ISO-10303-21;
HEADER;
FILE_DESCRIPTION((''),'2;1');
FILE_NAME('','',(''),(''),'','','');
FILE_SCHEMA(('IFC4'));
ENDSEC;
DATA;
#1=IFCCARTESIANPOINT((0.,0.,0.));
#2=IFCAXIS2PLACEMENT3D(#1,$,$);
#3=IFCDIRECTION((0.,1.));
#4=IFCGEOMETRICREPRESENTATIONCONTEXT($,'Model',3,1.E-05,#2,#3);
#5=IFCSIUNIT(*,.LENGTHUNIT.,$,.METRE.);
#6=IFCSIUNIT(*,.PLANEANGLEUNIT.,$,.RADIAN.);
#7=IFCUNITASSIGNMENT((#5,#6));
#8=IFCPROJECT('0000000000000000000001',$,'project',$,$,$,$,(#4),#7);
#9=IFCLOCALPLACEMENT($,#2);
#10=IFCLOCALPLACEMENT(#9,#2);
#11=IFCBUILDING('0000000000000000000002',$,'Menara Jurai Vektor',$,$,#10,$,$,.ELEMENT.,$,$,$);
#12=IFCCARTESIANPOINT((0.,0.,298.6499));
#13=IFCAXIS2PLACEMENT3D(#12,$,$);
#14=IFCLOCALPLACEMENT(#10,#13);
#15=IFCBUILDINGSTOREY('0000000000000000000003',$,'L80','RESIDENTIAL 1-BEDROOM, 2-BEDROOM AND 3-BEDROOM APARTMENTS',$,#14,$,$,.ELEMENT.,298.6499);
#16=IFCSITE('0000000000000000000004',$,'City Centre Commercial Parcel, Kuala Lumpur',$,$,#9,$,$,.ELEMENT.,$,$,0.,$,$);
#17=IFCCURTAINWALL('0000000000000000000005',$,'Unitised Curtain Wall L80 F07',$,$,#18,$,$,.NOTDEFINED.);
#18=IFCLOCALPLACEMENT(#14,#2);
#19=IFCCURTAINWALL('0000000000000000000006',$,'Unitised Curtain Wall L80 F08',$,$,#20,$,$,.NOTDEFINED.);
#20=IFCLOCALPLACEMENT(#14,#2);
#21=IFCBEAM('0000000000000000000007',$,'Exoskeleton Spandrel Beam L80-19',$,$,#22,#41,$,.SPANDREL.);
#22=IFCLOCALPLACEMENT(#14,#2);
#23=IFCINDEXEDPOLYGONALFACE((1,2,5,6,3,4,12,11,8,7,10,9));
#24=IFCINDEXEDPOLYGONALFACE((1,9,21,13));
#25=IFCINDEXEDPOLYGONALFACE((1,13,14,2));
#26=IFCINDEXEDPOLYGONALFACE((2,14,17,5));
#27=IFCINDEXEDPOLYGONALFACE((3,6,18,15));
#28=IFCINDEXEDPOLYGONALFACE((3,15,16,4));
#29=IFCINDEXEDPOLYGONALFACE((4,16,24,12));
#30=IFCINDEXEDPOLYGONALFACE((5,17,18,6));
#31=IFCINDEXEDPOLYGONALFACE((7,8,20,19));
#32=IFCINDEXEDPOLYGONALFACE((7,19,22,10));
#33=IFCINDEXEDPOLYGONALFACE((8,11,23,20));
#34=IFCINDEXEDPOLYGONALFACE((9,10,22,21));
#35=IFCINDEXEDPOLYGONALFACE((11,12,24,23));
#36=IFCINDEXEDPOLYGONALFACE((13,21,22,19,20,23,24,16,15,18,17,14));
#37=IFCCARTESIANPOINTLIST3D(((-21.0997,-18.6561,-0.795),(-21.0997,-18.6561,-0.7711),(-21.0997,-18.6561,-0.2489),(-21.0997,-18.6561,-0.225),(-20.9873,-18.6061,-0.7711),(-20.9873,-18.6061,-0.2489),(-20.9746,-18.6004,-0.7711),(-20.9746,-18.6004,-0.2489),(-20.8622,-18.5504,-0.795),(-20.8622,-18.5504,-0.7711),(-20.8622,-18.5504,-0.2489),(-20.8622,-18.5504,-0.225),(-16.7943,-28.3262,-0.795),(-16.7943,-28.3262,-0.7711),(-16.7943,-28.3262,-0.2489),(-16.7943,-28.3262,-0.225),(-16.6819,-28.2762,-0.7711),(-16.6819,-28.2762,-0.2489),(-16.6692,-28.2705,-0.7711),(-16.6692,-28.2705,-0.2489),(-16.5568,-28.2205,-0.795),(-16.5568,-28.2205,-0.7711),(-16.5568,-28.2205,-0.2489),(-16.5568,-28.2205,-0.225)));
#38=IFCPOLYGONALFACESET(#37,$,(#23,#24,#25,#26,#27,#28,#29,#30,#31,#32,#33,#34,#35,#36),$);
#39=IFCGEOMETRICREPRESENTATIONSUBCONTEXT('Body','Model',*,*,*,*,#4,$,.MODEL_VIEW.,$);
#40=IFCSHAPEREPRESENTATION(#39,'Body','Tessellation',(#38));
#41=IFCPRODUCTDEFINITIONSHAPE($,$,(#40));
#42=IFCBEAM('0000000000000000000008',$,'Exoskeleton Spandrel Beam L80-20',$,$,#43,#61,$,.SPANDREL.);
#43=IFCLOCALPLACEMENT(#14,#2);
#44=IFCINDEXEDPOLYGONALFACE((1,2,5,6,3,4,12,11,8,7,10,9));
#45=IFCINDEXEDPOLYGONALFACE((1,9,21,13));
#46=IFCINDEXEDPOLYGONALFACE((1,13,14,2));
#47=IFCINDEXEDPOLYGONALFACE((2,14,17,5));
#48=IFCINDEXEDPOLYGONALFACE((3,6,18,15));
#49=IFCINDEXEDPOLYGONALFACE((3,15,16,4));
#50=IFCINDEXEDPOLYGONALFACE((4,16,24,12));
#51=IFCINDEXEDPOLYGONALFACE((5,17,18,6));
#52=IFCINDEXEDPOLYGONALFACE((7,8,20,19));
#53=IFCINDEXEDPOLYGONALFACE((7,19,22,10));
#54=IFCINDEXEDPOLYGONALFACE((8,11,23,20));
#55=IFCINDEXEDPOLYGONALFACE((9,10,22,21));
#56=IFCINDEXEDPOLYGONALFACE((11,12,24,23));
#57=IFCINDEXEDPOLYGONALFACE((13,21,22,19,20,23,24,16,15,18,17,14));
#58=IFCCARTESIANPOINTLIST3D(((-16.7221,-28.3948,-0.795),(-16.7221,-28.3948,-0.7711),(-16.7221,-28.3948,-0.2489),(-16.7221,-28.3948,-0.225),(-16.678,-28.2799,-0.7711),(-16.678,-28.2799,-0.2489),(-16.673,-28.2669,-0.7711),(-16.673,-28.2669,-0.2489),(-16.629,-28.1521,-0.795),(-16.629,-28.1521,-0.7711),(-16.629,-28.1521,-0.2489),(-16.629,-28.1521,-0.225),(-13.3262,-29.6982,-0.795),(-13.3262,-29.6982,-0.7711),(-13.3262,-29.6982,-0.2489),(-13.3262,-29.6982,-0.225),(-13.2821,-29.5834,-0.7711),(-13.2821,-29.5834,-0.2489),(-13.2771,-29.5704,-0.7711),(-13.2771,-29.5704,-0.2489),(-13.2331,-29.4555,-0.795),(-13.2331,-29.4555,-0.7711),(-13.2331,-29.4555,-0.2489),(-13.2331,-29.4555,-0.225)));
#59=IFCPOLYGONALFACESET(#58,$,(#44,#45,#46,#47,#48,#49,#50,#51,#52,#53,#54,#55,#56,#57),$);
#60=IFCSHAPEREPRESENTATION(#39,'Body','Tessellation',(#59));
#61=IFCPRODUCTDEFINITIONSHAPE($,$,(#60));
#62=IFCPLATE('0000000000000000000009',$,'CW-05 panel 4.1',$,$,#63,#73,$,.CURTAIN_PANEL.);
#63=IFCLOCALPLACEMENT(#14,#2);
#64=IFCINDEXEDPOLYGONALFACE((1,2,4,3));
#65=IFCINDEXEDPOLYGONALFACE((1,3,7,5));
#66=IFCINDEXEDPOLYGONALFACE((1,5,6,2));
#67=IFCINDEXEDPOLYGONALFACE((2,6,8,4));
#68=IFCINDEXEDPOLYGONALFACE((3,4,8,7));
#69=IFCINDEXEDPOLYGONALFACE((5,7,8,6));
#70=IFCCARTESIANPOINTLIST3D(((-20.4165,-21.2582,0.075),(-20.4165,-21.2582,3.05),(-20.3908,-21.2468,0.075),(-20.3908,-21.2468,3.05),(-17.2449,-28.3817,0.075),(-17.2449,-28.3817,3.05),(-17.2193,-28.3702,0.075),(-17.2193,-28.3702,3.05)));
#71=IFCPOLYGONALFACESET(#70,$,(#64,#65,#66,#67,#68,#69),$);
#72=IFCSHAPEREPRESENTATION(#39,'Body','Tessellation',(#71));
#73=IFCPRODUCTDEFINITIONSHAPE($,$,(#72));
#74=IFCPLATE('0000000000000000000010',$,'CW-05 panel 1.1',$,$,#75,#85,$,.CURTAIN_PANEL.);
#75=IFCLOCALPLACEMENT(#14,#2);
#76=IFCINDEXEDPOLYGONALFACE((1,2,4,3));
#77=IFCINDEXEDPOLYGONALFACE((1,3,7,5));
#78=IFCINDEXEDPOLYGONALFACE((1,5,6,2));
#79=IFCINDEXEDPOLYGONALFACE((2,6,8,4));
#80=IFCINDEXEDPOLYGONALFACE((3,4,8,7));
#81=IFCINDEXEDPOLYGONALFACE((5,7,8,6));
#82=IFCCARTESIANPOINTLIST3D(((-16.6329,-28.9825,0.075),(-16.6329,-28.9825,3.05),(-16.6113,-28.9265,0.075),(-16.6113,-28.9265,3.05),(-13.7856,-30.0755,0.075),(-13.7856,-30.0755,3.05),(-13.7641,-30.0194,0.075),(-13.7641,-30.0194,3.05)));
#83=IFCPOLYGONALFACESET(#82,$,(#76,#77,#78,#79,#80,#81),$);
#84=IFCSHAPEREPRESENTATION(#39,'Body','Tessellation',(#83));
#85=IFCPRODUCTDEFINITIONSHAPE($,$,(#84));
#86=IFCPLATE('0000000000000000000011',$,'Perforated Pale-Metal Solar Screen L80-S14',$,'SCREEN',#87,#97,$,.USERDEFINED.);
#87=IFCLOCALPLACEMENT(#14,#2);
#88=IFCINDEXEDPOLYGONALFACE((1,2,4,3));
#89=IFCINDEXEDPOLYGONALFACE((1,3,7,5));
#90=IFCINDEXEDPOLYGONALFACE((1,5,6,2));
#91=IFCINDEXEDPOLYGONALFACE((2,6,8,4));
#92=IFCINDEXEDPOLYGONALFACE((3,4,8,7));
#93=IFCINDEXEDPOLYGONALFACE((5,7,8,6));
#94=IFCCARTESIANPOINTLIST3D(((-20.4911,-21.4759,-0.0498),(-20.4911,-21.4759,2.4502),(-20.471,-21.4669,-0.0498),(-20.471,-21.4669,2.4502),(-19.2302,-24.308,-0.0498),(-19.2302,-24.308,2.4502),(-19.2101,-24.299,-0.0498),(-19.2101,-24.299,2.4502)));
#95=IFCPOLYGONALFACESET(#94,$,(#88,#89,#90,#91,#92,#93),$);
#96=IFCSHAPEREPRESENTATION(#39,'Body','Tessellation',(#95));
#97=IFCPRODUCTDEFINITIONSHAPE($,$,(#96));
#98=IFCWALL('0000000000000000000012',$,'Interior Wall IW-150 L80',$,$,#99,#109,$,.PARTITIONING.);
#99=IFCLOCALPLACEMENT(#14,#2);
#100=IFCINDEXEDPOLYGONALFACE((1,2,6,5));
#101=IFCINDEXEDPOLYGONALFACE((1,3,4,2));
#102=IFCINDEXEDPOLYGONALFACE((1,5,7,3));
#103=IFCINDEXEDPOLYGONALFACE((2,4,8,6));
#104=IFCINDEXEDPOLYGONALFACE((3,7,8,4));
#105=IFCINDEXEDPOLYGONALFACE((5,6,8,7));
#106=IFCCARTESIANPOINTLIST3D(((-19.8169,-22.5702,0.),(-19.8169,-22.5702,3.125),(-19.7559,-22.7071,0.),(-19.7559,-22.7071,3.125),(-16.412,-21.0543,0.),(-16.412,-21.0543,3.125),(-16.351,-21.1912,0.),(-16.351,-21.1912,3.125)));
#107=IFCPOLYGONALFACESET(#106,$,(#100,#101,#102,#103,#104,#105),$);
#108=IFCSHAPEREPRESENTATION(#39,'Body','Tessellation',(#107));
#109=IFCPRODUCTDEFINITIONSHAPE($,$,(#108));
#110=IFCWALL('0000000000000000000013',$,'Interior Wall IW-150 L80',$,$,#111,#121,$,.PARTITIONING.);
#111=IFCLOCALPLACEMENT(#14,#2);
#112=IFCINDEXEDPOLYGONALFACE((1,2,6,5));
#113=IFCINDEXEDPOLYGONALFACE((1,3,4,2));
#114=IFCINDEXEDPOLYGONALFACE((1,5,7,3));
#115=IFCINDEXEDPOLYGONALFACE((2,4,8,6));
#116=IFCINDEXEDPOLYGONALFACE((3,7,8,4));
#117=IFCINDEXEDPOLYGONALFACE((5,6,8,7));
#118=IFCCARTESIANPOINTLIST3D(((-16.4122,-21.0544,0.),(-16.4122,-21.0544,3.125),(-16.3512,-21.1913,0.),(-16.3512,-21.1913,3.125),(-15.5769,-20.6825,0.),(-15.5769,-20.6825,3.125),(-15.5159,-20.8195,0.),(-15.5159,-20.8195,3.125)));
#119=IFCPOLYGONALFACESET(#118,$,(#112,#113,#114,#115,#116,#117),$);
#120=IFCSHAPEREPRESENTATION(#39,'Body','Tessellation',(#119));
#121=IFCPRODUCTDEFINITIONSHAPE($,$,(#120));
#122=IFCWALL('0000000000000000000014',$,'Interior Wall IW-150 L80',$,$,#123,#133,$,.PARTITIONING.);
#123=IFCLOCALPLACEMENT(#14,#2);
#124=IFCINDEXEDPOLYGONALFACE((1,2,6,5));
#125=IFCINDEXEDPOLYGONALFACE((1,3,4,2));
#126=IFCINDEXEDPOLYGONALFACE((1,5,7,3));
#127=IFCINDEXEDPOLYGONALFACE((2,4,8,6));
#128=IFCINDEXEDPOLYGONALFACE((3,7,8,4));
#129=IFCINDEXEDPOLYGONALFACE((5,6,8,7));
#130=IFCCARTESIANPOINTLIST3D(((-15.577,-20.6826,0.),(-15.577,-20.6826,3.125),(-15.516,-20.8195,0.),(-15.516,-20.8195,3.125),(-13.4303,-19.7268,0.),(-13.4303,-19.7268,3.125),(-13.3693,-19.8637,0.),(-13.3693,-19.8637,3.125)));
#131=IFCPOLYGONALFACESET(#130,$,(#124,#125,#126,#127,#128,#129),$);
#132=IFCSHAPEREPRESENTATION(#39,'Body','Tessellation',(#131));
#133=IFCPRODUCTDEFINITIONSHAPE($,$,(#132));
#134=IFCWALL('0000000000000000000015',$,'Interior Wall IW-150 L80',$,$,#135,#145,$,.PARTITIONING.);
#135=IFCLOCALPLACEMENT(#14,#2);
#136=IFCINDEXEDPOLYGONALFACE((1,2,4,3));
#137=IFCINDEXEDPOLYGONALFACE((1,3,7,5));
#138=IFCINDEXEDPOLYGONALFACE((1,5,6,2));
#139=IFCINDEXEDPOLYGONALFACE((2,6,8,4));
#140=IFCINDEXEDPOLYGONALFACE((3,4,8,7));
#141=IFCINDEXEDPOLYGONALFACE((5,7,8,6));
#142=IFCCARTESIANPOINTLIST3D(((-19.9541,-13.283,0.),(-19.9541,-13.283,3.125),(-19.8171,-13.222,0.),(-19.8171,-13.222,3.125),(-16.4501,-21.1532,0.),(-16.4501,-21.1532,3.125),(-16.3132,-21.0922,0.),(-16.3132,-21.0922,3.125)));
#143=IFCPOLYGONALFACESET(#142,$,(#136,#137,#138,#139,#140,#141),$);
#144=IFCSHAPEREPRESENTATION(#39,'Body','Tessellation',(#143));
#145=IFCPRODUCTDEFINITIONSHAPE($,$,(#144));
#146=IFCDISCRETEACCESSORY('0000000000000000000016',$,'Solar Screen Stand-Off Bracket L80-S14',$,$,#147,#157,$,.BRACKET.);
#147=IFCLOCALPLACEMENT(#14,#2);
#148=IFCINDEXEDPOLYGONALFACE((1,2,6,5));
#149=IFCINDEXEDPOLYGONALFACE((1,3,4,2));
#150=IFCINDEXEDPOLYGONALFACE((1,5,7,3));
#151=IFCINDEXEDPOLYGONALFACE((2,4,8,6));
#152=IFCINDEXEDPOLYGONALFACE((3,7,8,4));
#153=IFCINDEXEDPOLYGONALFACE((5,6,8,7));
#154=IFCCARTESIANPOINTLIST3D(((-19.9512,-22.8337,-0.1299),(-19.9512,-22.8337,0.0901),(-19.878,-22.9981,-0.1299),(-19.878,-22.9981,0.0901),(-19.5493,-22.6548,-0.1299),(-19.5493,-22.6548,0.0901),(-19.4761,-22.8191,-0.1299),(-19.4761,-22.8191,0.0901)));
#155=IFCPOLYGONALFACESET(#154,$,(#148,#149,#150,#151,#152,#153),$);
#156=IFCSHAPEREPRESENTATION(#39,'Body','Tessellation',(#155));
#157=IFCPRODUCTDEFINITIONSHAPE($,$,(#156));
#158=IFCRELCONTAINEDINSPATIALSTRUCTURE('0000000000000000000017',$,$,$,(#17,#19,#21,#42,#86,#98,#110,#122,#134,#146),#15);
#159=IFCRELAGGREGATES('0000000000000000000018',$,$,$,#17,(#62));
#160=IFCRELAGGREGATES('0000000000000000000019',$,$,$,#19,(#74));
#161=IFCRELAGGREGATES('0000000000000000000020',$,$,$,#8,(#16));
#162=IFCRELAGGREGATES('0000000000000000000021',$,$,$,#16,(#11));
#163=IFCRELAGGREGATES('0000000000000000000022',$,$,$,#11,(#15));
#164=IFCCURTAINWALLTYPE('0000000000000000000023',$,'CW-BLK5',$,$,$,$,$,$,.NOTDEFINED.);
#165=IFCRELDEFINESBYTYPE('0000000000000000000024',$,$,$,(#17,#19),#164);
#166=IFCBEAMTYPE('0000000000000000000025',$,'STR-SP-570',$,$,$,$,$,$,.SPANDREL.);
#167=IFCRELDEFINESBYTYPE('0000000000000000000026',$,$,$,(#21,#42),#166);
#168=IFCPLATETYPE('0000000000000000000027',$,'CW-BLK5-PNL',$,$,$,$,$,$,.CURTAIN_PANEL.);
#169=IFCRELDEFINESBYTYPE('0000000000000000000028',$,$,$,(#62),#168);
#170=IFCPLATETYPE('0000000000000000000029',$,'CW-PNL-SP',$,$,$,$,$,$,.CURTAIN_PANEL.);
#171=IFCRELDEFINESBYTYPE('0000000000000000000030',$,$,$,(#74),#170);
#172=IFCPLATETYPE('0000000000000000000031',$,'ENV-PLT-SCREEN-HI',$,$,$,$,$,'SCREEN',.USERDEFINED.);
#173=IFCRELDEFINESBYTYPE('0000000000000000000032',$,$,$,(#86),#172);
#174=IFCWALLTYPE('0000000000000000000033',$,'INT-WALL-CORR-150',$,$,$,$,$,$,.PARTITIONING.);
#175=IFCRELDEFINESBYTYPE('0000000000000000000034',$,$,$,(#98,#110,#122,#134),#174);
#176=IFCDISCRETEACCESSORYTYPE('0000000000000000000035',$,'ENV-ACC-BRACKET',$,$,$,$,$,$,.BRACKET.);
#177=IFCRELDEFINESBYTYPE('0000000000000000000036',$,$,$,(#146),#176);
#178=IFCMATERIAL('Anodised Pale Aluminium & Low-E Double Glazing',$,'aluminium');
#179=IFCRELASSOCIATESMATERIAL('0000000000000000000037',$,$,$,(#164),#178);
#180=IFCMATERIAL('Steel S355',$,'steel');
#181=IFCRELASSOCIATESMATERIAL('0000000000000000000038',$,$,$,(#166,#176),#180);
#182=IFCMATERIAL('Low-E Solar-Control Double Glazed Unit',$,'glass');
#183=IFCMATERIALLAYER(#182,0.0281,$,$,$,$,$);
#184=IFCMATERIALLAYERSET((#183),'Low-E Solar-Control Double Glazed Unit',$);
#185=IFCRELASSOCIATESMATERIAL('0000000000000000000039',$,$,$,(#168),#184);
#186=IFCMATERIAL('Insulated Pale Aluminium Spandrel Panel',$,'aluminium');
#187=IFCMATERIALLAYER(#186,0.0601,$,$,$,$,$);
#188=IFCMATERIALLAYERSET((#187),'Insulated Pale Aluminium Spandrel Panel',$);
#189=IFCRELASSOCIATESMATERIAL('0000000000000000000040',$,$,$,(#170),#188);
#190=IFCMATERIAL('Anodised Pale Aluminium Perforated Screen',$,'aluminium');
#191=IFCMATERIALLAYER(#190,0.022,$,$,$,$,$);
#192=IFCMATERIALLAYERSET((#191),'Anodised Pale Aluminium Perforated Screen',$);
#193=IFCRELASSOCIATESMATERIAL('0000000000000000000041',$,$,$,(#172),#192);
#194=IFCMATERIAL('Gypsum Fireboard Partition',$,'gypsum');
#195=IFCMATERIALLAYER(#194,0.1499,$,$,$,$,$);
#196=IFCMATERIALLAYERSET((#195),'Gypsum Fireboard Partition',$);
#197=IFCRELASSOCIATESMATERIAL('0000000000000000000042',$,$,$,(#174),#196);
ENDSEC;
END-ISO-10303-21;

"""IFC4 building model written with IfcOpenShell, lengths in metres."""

from ifc_helpers import new_model, si_unit, direction, frame, frame_2d, origin, origin_2d, place, context, subcontext, project, spatial, rectangle, i_section, extrude, material, layer, layer_set, material_profile, profile_set, type_object, element, aggregate, save


model = new_model("IFC4")

# Units and contexts
model_context = context("Model", 3, precision=1e-05, world=origin(), true_north=direction((0.0, 1.0)))
body_context = subcontext(model_context, "Body", "Model", "MODEL_VIEW")
ifc_project = project(units=[si_unit("LENGTHUNIT", "METRE"), si_unit("PLANEANGLEUNIT", "RADIAN")], contexts=[model_context])

# Site, building, storey
site_placement = place(None, origin())
site = spatial("IfcSite", under=ifc_project, at=site_placement, Name="City Centre Commercial Parcel, Kuala Lumpur", CompositionType="ELEMENT", RefElevation=0.0)
building_placement = place(site_placement, origin())
building = spatial("IfcBuilding", under=site, at=building_placement, Name="Menara Jurai Vektor", CompositionType="ELEMENT")
storey_placement = place(building_placement, frame((0.0, 0.0, 298.6499)))
storey = spatial("IfcBuildingStorey", under=building, at=storey_placement, Name="L80", Description="RESIDENTIAL 1-BEDROOM, 2-BEDROOM AND 3-BEDROOM APARTMENTS", CompositionType="ELEMENT", Elevation=298.6499)

# Curtain wall
ifc_material_1 = material(Name="Anodised Pale Aluminium & Low-E Double Glazing", Category="aluminium")
curtain_wall_type = type_object("IfcCurtainWallType", Name="CW-BLK5", PredefinedType="NOTDEFINED", material=ifc_material_1)
curtain_wall_1_placement = place(storey_placement, origin())
curtain_wall_1 = element("IfcCurtainWall", 1, at=curtain_wall_1_placement, inside=storey, type_object=curtain_wall_type, Name="Unitised Curtain Wall L80 F07", PredefinedType="NOTDEFINED")

# Curtain wall
curtain_wall_2_placement = place(storey_placement, origin())
curtain_wall_2 = element("IfcCurtainWall", 2, at=curtain_wall_2_placement, inside=storey, type_object=curtain_wall_type, Name="Unitised Curtain Wall L80 F08", PredefinedType="NOTDEFINED")

# Shared definitions
ifc_material_2 = material(Name="Steel S355", Category="steel")

# Beams
ifc_material_profile_1 = material_profile(ifc_material_2, i_section(OverallWidth=0.26, OverallDepth=0.5701, WebThickness=0.0139, FlangeThickness=0.0239, at=origin_2d()), Name="PG 570x260x145")
ifc_profile_set_1 = profile_set([ifc_material_profile_1], Name="Steel S355")
beam_type_1 = type_object("IfcBeamType", Name="STR-SP-570", PredefinedType="SPANDREL", material=ifc_profile_set_1)
beam_1_placement = place(storey_placement, frame((-20.981, -18.6033, -0.51), z_axis=(0.406735, -0.913546, 0.0), x_axis=(0.913546, 0.406735, 0.0)))
element("IfcBeam", 3, at=beam_1_placement, inside=storey, type_object=beam_type_1, Name="Exoskeleton Spandrel Beam L80-19", PredefinedType="SPANDREL", context=body_context, shape_type="SweptSolid", body=[
    extrude(i_section(OverallWidth=0.26, OverallDepth=0.5701, WebThickness=0.0139, FlangeThickness=0.0239, at=origin_2d()), origin(), (0.0, 0.0, 1.0), 10.5852),
])
beam_2_placement = place(storey_placement, frame((-16.6755, -28.2734, -0.51), z_axis=(0.933593, -0.358336, 0.0), x_axis=(0.358336, 0.933593, 0.0)))
element("IfcBeam", 4, at=beam_2_placement, inside=storey, type_object=beam_type_1, Name="Exoskeleton Spandrel Beam L80-20", PredefinedType="SPANDREL", context=body_context, shape_type="SweptSolid", body=[
    extrude(i_section(OverallWidth=0.26, OverallDepth=0.5701, WebThickness=0.0139, FlangeThickness=0.0239, at=origin_2d()), origin(), (0.0, 0.0, 1.0), 3.6375),
])

# Plates
ifc_material_3 = material(Name="Low-E Solar-Control Double Glazed Unit", Category="glass")
ifc_layer_1 = layer(ifc_material_3, 0.0281)
ifc_layer_set_1 = layer_set([ifc_layer_1], Name="Low-E Solar-Control Double Glazed Unit")
plate_type_1 = type_object("IfcPlateType", Name="CW-BLK5-PNL", PredefinedType="CURTAIN_PANEL", material=ifc_layer_set_1)
plate_1_placement = place(storey_placement, frame((-18.8179, -24.8142, 0.075), z_axis=(0.0, 0.0, 1.0), x_axis=(0.406735, -0.913546, 0.0)))
plate_1 = element("IfcPlate", 5, at=plate_1_placement, type_object=plate_type_1, Name="CW-05 panel 4.1", PredefinedType="CURTAIN_PANEL", context=body_context, shape_type="SweptSolid", body=[
    extrude(rectangle(XDim=7.7976, YDim=0.0281, at=origin_2d()), origin(), (0.0, 0.0, 1.0), 2.9751),
])
aggregate(curtain_wall_1, [plate_1])
ifc_material_4 = material(Name="Insulated Pale Aluminium Spandrel Panel", Category="aluminium")
ifc_layer_2 = layer(ifc_material_4, 0.0601)
ifc_layer_set_2 = layer_set([ifc_layer_2], Name="Insulated Pale Aluminium Spandrel Panel")
plate_type_2 = type_object("IfcPlateType", Name="CW-PNL-SP", PredefinedType="CURTAIN_PANEL", material=ifc_layer_set_2)
plate_2_placement = place(storey_placement, frame((-15.1985, -29.501, 0.075), z_axis=(0.0, 0.0, 1.0), x_axis=(0.933578, -0.358374, 0.0)))
plate_2 = element("IfcPlate", 6, at=plate_2_placement, type_object=plate_type_2, Name="CW-05 panel 1.1", PredefinedType="CURTAIN_PANEL", context=body_context, shape_type="SweptSolid", body=[
    extrude(rectangle(XDim=3.0498, YDim=0.0601, at=origin_2d()), origin(), (0.0, 0.0, 1.0), 2.9751),
])
aggregate(curtain_wall_2, [plate_2])
ifc_material_5 = material(Name="Anodised Pale Aluminium Perforated Screen", Category="aluminium")
ifc_layer_3 = layer(ifc_material_5, 0.022)
ifc_layer_set_3 = layer_set([ifc_layer_3], Name="Anodised Pale Aluminium Perforated Screen")
plate_type_3 = type_object("IfcPlateType", Name="ENV-PLT-SCREEN-HI", ElementType="SCREEN", PredefinedType="USERDEFINED", material=ifc_layer_set_3)
plate_3_placement = place(storey_placement, frame((-19.8506, -22.8875, -0.0498), z_axis=(0.0, 0.0, 1.0), x_axis=(0.406737, -0.913545, 0.0)))
element("IfcPlate", 7, at=plate_3_placement, inside=storey, type_object=plate_type_3, Name="Perforated Pale-Metal Solar Screen L80-S14", ObjectType="SCREEN", PredefinedType="USERDEFINED", context=body_context, shape_type="SweptSolid", body=[
    extrude(rectangle(XDim=3.1001, YDim=0.022, at=origin_2d()), origin(), (0.0, 0.0, 1.0), 2.5),
])

# Walls
ifc_material_6 = material(Name="Gypsum Fireboard Partition", Category="gypsum")
ifc_layer_4 = layer(ifc_material_6, 0.1499)
ifc_layer_set_4 = layer_set([ifc_layer_4], Name="Gypsum Fireboard Partition")
wall_type = type_object("IfcWallType", Name="INT-WALL-CORR-150", PredefinedType="PARTITIONING", material=ifc_layer_set_4)
wall_1_placement = place(storey_placement, frame((-19.7864, -22.6387, 0.0), z_axis=(0.0, 0.0, 1.0), x_axis=(0.913549, 0.406728, 0.0)))
element("IfcWall", 8, at=wall_1_placement, inside=storey, type_object=wall_type, Name="Interior Wall IW-150 L80", PredefinedType="PARTITIONING", context=body_context, shape_type="SweptSolid", body=[
    extrude(rectangle(XDim=3.7271, YDim=0.1499, at=frame_2d((1.8635, 0.0))), origin(), (0.0, 0.0, 1.0), 3.125),
])
wall_2_placement = place(storey_placement, frame((-16.3816, -21.1228, 0.0), z_axis=(0.0, 0.0, 1.0), x_axis=(0.913558, 0.406708, 0.0)))
element("IfcWall", 9, at=wall_2_placement, inside=storey, type_object=wall_type, Name="Interior Wall IW-150 L80", PredefinedType="PARTITIONING", context=body_context, shape_type="SweptSolid", body=[
    extrude(rectangle(XDim=0.9143, YDim=0.1499, at=frame_2d((0.457, 0.0))), origin(), (0.0, 0.0, 1.0), 3.125),
])
wall_3_placement = place(storey_placement, frame((-15.5464, -20.751, 0.0), z_axis=(0.0, 0.0, 1.0), x_axis=(0.913541, 0.406746, 0.0)))
element("IfcWall", 10, at=wall_3_placement, inside=storey, type_object=wall_type, Name="Interior Wall IW-150 L80", PredefinedType="PARTITIONING", context=body_context, shape_type="SweptSolid", body=[
    extrude(rectangle(XDim=2.3499, YDim=0.1499, at=frame_2d((1.1748, 0.0))), origin(), (0.0, 0.0, 1.0), 3.125),
])
wall_4_placement = place(storey_placement, frame((-16.3816, -21.1228, 0.0), z_axis=(0.0, 0.0, 1.0), x_axis=(-0.406727, 0.91355, 0.0)))
element("IfcWall", 11, at=wall_4_placement, inside=storey, type_object=wall_type, Name="Interior Wall IW-150 L80", PredefinedType="PARTITIONING", context=body_context, shape_type="SweptSolid", body=[
    extrude(rectangle(XDim=8.615, YDim=0.1499, at=frame_2d((4.3076, 0.0))), origin(), (0.0, 0.0, 1.0), 3.125),
])

# Discrete accessory
discrete_accessory_type = type_object("IfcDiscreteAccessoryType", Name="ENV-ACC-BRACKET", PredefinedType="BRACKET", material=ifc_material_2)
discrete_accessory_placement = place(storey_placement, frame((-19.7136, -22.8264, -0.1299), z_axis=(0.0, 0.0, 1.0), x_axis=(0.406737, -0.913545, 0.0)))
element("IfcDiscreteAccessory", 12, at=discrete_accessory_placement, inside=storey, type_object=discrete_accessory_type, Name="Solar Screen Stand-Off Bracket L80-S14", PredefinedType="BRACKET", context=body_context, shape_type="SweptSolid", body=[
    extrude(rectangle(XDim=0.1799, YDim=0.4399, at=origin_2d()), origin(), (0.0, 0.0, 1.0), 0.22),
])

save(model, "model.ifc")
